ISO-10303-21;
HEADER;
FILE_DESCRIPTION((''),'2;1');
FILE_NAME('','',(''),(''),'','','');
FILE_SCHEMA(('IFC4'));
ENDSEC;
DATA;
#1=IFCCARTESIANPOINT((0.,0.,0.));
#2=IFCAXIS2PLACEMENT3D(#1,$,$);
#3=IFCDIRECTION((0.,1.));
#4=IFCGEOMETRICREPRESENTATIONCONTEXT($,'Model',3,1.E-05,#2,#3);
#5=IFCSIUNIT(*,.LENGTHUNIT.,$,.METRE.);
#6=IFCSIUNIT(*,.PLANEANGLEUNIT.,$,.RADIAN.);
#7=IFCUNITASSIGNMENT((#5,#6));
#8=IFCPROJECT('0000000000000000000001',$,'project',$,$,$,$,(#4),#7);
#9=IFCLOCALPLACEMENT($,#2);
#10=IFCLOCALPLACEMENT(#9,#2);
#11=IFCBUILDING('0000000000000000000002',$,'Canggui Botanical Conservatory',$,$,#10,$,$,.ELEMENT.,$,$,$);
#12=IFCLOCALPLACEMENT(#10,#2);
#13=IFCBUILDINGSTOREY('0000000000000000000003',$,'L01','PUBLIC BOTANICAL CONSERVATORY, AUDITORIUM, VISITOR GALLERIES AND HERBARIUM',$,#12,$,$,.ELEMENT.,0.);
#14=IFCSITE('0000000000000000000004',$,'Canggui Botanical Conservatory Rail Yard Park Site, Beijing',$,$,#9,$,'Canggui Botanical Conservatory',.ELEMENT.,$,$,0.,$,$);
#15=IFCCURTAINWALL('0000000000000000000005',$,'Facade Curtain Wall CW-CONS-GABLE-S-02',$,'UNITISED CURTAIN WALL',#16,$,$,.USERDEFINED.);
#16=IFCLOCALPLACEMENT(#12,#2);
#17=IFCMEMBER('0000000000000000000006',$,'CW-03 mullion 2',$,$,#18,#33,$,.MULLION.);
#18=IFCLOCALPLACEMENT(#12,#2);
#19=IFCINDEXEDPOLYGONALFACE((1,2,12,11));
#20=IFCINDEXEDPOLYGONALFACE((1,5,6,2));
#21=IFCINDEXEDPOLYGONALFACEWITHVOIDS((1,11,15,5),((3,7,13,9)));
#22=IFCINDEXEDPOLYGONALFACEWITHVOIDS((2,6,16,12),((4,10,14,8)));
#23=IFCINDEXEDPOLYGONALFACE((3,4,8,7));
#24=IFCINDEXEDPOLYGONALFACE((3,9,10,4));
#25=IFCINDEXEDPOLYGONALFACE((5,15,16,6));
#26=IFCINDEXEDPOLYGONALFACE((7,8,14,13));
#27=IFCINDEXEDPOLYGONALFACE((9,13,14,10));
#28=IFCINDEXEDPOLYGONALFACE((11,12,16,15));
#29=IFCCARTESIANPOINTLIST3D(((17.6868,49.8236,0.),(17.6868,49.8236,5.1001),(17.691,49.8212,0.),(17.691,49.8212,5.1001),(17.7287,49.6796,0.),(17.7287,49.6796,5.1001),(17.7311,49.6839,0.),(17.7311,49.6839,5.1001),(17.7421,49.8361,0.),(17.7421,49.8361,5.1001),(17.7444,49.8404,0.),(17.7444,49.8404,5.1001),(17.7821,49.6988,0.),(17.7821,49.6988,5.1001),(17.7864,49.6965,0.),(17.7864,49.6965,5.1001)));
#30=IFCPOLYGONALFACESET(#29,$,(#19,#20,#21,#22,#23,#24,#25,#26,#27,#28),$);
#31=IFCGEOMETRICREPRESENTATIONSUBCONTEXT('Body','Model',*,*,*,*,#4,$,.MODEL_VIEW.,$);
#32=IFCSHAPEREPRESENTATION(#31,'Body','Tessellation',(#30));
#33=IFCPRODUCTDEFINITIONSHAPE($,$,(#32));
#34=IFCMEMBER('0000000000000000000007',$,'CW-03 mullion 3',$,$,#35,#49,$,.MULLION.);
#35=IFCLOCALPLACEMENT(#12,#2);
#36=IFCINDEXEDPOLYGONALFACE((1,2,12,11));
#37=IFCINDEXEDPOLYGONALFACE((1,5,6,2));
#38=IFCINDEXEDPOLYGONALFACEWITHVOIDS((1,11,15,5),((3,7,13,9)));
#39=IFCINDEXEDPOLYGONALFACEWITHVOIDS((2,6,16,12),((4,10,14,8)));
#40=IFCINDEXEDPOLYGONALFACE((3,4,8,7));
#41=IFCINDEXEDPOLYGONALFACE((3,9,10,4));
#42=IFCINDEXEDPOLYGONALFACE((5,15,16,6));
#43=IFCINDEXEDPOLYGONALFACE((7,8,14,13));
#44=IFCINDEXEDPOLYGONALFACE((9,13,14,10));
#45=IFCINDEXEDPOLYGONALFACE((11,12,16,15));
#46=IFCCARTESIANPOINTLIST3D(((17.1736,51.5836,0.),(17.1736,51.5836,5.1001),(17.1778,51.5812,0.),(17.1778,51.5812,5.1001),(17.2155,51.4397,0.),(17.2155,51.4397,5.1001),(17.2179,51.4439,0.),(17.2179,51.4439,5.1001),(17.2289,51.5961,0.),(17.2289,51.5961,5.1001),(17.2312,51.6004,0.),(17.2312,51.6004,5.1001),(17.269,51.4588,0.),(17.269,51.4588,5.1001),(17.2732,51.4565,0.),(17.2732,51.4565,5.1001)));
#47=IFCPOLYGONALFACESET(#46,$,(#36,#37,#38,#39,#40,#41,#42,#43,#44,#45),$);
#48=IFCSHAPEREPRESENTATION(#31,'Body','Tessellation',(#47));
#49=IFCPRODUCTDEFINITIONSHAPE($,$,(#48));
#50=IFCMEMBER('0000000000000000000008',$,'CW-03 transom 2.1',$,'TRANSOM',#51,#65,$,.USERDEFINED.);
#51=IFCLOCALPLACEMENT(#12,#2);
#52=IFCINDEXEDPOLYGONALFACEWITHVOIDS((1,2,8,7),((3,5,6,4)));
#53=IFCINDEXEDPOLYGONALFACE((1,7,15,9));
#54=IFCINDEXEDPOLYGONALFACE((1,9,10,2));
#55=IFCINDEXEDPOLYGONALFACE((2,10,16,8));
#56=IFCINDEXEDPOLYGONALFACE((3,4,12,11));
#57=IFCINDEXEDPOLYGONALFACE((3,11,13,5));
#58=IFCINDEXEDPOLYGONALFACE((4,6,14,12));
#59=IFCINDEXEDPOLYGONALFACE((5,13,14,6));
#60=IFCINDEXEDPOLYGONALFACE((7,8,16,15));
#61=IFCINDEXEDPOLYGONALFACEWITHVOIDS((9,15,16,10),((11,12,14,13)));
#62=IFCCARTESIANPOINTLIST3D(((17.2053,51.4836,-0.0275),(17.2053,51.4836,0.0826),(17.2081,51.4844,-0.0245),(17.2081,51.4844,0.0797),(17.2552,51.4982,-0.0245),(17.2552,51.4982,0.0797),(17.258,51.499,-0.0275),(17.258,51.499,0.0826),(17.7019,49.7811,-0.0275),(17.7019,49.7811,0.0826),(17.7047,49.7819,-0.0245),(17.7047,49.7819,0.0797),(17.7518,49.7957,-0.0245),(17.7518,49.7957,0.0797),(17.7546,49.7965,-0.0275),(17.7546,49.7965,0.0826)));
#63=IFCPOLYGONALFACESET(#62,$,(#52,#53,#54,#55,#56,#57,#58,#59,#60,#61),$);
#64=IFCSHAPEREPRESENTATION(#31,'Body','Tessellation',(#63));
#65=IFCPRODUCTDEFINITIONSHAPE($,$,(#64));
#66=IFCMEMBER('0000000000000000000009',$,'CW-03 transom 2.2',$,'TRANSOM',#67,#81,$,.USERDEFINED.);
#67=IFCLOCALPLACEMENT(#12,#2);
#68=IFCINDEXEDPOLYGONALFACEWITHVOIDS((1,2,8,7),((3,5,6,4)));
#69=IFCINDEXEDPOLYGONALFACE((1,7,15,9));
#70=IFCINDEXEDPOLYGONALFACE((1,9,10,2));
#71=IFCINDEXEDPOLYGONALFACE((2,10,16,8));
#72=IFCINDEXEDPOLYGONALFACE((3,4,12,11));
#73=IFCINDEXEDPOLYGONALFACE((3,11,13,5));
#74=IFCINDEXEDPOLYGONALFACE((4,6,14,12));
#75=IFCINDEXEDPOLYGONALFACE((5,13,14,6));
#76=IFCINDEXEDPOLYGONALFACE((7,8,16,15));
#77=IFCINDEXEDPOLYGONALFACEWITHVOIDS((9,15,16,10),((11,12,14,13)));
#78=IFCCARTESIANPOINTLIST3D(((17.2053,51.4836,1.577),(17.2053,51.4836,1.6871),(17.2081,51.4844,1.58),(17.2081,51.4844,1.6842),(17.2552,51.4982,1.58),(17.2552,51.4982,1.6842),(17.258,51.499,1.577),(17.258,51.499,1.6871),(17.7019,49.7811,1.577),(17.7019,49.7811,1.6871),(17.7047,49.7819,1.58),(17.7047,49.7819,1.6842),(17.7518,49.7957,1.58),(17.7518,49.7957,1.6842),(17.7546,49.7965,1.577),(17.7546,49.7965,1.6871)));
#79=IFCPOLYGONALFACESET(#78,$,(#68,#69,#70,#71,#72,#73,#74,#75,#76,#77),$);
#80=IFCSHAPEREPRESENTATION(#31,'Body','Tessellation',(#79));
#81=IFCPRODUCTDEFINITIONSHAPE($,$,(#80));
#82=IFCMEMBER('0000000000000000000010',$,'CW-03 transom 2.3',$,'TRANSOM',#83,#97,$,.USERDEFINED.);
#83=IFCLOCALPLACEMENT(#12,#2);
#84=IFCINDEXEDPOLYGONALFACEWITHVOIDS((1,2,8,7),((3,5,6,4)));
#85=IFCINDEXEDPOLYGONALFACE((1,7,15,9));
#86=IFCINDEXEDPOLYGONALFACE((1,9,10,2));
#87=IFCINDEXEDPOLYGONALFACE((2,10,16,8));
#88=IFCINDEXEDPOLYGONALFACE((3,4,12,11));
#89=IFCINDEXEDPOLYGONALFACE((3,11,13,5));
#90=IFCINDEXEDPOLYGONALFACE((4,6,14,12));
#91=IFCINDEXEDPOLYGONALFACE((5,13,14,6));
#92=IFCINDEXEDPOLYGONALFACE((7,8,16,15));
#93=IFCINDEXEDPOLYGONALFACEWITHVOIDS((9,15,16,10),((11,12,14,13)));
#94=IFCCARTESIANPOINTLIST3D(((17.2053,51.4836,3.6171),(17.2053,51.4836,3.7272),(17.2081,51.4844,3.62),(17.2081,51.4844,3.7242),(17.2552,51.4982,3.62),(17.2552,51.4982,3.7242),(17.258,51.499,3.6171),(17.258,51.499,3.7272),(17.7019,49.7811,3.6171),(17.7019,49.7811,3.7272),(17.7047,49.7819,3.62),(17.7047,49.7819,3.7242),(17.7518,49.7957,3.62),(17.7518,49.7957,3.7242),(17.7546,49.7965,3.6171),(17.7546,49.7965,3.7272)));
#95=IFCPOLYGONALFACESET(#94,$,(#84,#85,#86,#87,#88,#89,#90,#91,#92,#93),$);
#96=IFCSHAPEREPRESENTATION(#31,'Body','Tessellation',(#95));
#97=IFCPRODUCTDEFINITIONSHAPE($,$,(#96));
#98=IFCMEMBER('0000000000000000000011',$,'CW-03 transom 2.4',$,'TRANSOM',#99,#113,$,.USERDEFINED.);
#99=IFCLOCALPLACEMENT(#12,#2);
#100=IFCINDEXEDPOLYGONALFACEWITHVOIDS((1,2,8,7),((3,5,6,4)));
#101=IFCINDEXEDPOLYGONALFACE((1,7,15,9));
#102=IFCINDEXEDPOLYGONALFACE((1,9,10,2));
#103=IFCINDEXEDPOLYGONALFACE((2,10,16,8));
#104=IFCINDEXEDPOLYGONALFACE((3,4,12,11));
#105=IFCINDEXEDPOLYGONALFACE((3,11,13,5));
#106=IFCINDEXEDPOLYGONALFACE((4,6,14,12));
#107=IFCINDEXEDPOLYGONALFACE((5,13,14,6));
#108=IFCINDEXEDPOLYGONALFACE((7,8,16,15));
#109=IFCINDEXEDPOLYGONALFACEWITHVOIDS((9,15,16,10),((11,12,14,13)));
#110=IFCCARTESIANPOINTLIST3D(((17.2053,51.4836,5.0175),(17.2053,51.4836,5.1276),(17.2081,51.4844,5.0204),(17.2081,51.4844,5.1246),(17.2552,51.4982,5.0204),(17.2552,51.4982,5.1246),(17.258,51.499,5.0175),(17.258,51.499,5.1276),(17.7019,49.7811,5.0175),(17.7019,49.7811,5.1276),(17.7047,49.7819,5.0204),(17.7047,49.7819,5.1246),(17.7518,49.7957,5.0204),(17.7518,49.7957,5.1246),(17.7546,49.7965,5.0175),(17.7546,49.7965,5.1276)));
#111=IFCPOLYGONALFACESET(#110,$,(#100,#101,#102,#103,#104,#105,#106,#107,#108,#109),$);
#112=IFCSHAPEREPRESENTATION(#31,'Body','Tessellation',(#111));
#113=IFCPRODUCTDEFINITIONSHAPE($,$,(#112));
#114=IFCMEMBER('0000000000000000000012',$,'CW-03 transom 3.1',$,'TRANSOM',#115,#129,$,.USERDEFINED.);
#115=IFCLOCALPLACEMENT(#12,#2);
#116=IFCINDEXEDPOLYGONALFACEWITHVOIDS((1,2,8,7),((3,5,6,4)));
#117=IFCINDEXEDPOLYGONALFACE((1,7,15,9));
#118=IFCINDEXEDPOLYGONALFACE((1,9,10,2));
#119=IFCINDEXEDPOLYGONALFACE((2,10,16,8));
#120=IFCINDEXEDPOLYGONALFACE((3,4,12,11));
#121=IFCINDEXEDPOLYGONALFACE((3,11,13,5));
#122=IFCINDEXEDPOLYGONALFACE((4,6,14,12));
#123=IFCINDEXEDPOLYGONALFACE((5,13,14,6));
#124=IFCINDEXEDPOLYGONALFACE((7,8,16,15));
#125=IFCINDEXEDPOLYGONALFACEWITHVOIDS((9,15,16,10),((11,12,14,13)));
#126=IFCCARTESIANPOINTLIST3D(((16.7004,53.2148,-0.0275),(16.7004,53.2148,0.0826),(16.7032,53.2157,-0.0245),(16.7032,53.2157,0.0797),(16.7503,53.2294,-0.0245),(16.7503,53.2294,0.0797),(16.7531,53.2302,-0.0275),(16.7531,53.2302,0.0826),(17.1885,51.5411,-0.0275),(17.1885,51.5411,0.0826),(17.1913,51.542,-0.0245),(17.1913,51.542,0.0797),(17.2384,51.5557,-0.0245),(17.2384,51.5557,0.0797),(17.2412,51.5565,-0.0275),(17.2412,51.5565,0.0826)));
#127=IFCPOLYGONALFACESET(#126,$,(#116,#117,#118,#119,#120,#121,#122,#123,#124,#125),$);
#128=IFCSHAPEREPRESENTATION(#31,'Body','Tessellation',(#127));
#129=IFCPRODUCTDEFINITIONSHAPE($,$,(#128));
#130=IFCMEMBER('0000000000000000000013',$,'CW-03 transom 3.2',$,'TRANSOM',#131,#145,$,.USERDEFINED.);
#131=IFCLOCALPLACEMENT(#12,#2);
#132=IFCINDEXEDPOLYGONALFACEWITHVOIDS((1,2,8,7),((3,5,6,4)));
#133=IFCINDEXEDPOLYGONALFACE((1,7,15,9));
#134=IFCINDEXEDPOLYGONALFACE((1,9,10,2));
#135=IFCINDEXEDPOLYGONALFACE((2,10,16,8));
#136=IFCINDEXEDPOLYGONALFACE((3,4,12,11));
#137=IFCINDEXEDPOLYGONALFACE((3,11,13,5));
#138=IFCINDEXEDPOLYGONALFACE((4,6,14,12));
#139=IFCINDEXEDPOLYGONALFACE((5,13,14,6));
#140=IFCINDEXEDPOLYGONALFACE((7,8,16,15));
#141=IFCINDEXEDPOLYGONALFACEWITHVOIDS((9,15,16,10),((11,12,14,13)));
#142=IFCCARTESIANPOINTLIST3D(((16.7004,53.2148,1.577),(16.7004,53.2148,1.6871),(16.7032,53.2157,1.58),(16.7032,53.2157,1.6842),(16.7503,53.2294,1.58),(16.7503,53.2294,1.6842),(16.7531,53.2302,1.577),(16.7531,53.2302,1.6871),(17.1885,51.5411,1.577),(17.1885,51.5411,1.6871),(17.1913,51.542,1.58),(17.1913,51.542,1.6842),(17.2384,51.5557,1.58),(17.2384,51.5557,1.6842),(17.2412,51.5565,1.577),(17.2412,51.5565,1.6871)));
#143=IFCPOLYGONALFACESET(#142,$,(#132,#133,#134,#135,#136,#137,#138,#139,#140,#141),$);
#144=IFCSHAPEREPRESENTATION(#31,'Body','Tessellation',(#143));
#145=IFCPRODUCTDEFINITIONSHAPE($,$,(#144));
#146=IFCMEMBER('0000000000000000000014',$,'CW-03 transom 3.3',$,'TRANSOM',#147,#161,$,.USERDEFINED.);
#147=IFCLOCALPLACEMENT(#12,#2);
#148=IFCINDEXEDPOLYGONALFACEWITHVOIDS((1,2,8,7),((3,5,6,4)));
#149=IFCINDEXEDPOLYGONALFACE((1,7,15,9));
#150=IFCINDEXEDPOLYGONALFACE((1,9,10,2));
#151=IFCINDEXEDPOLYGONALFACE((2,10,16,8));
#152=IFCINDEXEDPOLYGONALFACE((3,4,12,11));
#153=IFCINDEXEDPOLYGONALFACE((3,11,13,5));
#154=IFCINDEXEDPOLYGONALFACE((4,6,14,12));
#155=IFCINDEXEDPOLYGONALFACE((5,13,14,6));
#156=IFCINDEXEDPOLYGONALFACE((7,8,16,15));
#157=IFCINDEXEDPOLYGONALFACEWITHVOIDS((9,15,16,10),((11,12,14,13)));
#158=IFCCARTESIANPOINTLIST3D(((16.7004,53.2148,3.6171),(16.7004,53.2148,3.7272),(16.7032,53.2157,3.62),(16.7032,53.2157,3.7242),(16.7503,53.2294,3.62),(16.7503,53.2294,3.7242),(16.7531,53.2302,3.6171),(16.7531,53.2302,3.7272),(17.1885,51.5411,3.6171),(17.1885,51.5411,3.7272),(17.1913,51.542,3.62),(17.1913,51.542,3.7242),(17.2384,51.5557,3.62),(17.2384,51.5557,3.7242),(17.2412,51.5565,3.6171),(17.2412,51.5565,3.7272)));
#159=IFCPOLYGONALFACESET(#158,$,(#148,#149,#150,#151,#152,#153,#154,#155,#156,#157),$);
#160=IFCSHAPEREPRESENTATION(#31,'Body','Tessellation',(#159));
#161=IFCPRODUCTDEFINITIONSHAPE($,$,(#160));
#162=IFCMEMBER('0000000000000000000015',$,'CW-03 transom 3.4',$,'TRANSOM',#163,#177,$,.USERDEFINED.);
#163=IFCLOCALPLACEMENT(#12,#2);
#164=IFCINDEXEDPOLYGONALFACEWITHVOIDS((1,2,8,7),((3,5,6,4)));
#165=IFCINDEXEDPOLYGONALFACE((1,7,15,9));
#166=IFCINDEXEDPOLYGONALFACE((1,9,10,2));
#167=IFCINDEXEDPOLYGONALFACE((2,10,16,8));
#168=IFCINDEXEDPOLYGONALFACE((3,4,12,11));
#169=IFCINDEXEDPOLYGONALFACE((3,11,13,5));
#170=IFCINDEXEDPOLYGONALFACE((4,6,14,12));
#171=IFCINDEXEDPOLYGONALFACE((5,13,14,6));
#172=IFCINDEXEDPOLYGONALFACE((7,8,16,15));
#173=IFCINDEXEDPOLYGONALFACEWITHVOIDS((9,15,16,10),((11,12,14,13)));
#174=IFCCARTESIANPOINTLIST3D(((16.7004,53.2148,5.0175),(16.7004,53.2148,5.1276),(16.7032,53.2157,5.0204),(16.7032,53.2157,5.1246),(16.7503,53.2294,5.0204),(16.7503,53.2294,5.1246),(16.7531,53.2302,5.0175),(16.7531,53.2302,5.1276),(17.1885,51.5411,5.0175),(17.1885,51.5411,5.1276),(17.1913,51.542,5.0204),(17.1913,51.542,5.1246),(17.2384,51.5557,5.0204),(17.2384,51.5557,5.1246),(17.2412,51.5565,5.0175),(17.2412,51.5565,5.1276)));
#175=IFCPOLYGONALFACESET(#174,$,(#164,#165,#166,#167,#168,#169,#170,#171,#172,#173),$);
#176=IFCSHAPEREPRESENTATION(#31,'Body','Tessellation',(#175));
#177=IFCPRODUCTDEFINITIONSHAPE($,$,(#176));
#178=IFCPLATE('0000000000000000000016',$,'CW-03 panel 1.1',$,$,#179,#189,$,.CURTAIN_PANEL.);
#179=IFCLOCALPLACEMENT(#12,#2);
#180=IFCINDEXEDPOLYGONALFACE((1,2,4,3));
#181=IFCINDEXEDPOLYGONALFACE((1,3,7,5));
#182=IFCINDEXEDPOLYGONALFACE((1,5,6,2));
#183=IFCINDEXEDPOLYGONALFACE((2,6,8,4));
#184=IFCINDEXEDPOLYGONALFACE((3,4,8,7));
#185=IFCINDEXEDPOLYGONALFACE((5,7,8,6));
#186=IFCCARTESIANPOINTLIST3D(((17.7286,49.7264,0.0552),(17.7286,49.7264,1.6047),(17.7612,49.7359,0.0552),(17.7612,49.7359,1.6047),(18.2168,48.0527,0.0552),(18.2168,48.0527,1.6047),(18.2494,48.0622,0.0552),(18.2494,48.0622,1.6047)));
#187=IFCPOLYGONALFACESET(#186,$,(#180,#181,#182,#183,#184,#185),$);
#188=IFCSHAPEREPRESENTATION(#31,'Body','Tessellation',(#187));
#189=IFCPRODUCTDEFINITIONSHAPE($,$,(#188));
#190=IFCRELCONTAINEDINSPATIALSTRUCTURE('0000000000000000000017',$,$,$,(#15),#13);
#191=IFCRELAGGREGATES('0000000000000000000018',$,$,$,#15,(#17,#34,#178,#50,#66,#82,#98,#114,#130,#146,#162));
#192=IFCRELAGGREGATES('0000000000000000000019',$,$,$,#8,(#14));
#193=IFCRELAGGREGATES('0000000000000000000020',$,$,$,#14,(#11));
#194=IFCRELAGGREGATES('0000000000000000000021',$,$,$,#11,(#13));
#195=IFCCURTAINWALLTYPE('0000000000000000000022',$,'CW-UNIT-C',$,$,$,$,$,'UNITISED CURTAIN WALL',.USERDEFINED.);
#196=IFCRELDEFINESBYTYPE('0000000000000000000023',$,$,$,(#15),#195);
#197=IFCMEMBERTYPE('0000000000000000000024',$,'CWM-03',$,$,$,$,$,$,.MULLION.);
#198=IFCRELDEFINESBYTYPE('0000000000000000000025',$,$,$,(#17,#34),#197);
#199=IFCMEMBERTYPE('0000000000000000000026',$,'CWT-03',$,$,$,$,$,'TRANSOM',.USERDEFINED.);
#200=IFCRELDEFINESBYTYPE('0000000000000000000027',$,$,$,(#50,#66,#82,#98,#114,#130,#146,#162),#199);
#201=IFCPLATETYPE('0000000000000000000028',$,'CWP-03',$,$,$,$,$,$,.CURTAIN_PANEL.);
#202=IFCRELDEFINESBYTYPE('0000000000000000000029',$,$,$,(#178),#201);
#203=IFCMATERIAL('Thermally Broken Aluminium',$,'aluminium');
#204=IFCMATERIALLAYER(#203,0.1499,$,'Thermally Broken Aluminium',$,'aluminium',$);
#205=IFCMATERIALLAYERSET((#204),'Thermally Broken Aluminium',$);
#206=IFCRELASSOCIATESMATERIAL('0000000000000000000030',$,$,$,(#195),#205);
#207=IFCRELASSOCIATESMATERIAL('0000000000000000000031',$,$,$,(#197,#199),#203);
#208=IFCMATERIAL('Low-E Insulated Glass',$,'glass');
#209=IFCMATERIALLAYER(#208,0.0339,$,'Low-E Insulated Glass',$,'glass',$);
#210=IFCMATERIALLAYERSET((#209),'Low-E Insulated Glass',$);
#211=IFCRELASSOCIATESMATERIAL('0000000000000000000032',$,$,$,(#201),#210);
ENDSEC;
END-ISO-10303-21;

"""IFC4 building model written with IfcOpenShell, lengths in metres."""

from ifc_helpers import new_model, si_unit, direction, frame, origin, origin_2d, place, context, subcontext, project, spatial, rectangle, hollow_rectangle, extrude, material, layer, layer_set, material_profile, profile_set, type_object, element, aggregate, save


model = new_model("IFC4")

# Units and contexts
model_context = context("Model", 3, precision=1e-05, world=origin(), true_north=direction((0.0, 1.0)))
body_context = subcontext(model_context, "Body", "Model", "MODEL_VIEW")
ifc_project = project(units=[si_unit("LENGTHUNIT", "METRE"), si_unit("PLANEANGLEUNIT", "RADIAN")], contexts=[model_context])

# Site, building, storey
site_placement = place(None, origin())
site = spatial("IfcSite", under=ifc_project, at=site_placement, Name="Canggui Botanical Conservatory Rail Yard Park Site, Beijing", LongName="Canggui Botanical Conservatory", CompositionType="ELEMENT", RefElevation=0.0)
building_placement = place(site_placement, origin())
building = spatial("IfcBuilding", under=site, at=building_placement, Name="Canggui Botanical Conservatory", CompositionType="ELEMENT")
storey_placement = place(building_placement, origin())
storey = spatial("IfcBuildingStorey", under=building, at=storey_placement, Name="L01", Description="PUBLIC BOTANICAL CONSERVATORY, AUDITORIUM, VISITOR GALLERIES AND HERBARIUM", CompositionType="ELEMENT", Elevation=0.0)

# Curtain wall, members, plate
ifc_material_1 = material(Name="Thermally Broken Aluminium", Category="aluminium")
ifc_layer_1 = layer(ifc_material_1, 0.1499, Name="Thermally Broken Aluminium", Category="aluminium")
ifc_layer_set_1 = layer_set([ifc_layer_1], Name="Thermally Broken Aluminium")
curtain_wall_type = type_object("IfcCurtainWallType", Name="CW-UNIT-C", ElementType="UNITISED CURTAIN WALL", PredefinedType="USERDEFINED", material=ifc_layer_set_1)
curtain_wall_placement = place(storey_placement, origin())
curtain_wall = element("IfcCurtainWall", 1, at=curtain_wall_placement, inside=storey, type_object=curtain_wall_type, Name="Facade Curtain Wall CW-CONS-GABLE-S-02", ObjectType="UNITISED CURTAIN WALL", PredefinedType="USERDEFINED")
ifc_material_profile_1 = material_profile(ifc_material_1, hollow_rectangle(XDim=0.0601, YDim=0.1499, WallThickness=0.0034, at=origin_2d()), Name="CWM 60x150x3.5")
ifc_profile_set_1 = profile_set([ifc_material_profile_1], Name="Thermally Broken Aluminium")
member_type_1 = type_object("IfcMemberType", Name="CWM-03", PredefinedType="MULLION", material=ifc_profile_set_1)
member_1_placement = place(storey_placement, frame((17.7366, 49.76, 0.0), z_axis=(0.0, 0.0, 1.0), x_axis=(-0.96, -0.28, 0.0)))
member_1 = element("IfcMember", 2, at=member_1_placement, type_object=member_type_1, Name="CW-03 mullion 2", PredefinedType="MULLION", context=body_context, shape_type="SweptSolid", body=[
    extrude(hollow_rectangle(XDim=0.0601, YDim=0.1499, WallThickness=0.0034, at=origin_2d()), origin(), (0.0, 0.0, 1.0), 5.1001),
])
member_2_placement = place(storey_placement, frame((17.2234, 51.52, 0.0), z_axis=(0.0, 0.0, 1.0), x_axis=(-0.96, -0.28, 0.0)))
member_2 = element("IfcMember", 3, at=member_2_placement, type_object=member_type_1, Name="CW-03 mullion 3", PredefinedType="MULLION", context=body_context, shape_type="SweptSolid", body=[
    extrude(hollow_rectangle(XDim=0.0601, YDim=0.1499, WallThickness=0.0034, at=origin_2d()), origin(), (0.0, 0.0, 1.0), 5.1001),
])
ifc_material_profile_2 = material_profile(ifc_material_1, hollow_rectangle(XDim=0.0549, YDim=0.1101, WallThickness=0.0029, at=origin_2d()), Name="CWT 55x110x3")
ifc_profile_set_2 = profile_set([ifc_material_profile_2], Name="Thermally Broken Aluminium")
member_type_2 = type_object("IfcMemberType", Name="CWT-03", ElementType="TRANSOM", PredefinedType="USERDEFINED", material=ifc_profile_set_2)
member_3_placement = place(storey_placement, frame((17.7283, 49.7888, 0.0276), z_axis=(-0.280026, 0.959992, 0.0), x_axis=(-0.959992, -0.280026, 0.0)))
member_3 = element("IfcMember", 4, at=member_3_placement, type_object=member_type_2, Name="CW-03 transom 2.1", ObjectType="TRANSOM", PredefinedType="USERDEFINED", context=body_context, shape_type="SweptSolid", body=[
    extrude(hollow_rectangle(XDim=0.0549, YDim=0.1101, WallThickness=0.0029, at=origin_2d()), origin(), (0.0, 0.0, 1.0), 1.7734),
])
member_4_placement = place(storey_placement, frame((17.7283, 49.7888, 1.6321), z_axis=(-0.280026, 0.959992, 0.0), x_axis=(-0.959992, -0.280026, 0.0)))
member_4 = element("IfcMember", 5, at=member_4_placement, type_object=member_type_2, Name="CW-03 transom 2.2", ObjectType="TRANSOM", PredefinedType="USERDEFINED", context=body_context, shape_type="SweptSolid", body=[
    extrude(hollow_rectangle(XDim=0.0549, YDim=0.1101, WallThickness=0.0029, at=origin_2d()), origin(), (0.0, 0.0, 1.0), 1.7734),
])
member_5_placement = place(storey_placement, frame((17.7283, 49.7888, 3.6721), z_axis=(-0.280026, 0.959992, 0.0), x_axis=(-0.959992, -0.280026, 0.0)))
member_5 = element("IfcMember", 6, at=member_5_placement, type_object=member_type_2, Name="CW-03 transom 2.3", ObjectType="TRANSOM", PredefinedType="USERDEFINED", context=body_context, shape_type="SweptSolid", body=[
    extrude(hollow_rectangle(XDim=0.0549, YDim=0.1101, WallThickness=0.0029, at=origin_2d()), origin(), (0.0, 0.0, 1.0), 1.7734),
])
member_6_placement = place(storey_placement, frame((17.7283, 49.7888, 5.0725), z_axis=(-0.280026, 0.959992, 0.0), x_axis=(-0.959992, -0.280026, 0.0)))
member_6 = element("IfcMember", 7, at=member_6_placement, type_object=member_type_2, Name="CW-03 transom 2.4", ObjectType="TRANSOM", PredefinedType="USERDEFINED", context=body_context, shape_type="SweptSolid", body=[
    extrude(hollow_rectangle(XDim=0.0549, YDim=0.1101, WallThickness=0.0029, at=origin_2d()), origin(), (0.0, 0.0, 1.0), 1.7734),
])
member_7_placement = place(storey_placement, frame((17.2148, 51.5488, 0.0276), z_axis=(-0.279952, 0.960014, 0.0), x_axis=(-0.960014, -0.279952, 0.0)))
member_7 = element("IfcMember", 8, at=member_7_placement, type_object=member_type_2, Name="CW-03 transom 3.1", ObjectType="TRANSOM", PredefinedType="USERDEFINED", context=body_context, shape_type="SweptSolid", body=[
    extrude(hollow_rectangle(XDim=0.0549, YDim=0.1101, WallThickness=0.0029, at=origin_2d()), origin(), (0.0, 0.0, 1.0), 1.7434),
])
member_8_placement = place(storey_placement, frame((17.2148, 51.5488, 1.6321), z_axis=(-0.279952, 0.960014, 0.0), x_axis=(-0.960014, -0.279952, 0.0)))
member_8 = element("IfcMember", 9, at=member_8_placement, type_object=member_type_2, Name="CW-03 transom 3.2", ObjectType="TRANSOM", PredefinedType="USERDEFINED", context=body_context, shape_type="SweptSolid", body=[
    extrude(hollow_rectangle(XDim=0.0549, YDim=0.1101, WallThickness=0.0029, at=origin_2d()), origin(), (0.0, 0.0, 1.0), 1.7434),
])
member_9_placement = place(storey_placement, frame((17.2148, 51.5488, 3.6721), z_axis=(-0.279952, 0.960014, 0.0), x_axis=(-0.960014, -0.279952, 0.0)))
member_9 = element("IfcMember", 10, at=member_9_placement, type_object=member_type_2, Name="CW-03 transom 3.3", ObjectType="TRANSOM", PredefinedType="USERDEFINED", context=body_context, shape_type="SweptSolid", body=[
    extrude(hollow_rectangle(XDim=0.0549, YDim=0.1101, WallThickness=0.0029, at=origin_2d()), origin(), (0.0, 0.0, 1.0), 1.7434),
])
member_10_placement = place(storey_placement, frame((17.2148, 51.5488, 5.0725), z_axis=(-0.279952, 0.960014, 0.0), x_axis=(-0.960014, -0.279952, 0.0)))
member_10 = element("IfcMember", 11, at=member_10_placement, type_object=member_type_2, Name="CW-03 transom 3.4", ObjectType="TRANSOM", PredefinedType="USERDEFINED", context=body_context, shape_type="SweptSolid", body=[
    extrude(hollow_rectangle(XDim=0.0549, YDim=0.1101, WallThickness=0.0029, at=origin_2d()), origin(), (0.0, 0.0, 1.0), 1.7434),
])
ifc_material_2 = material(Name="Low-E Insulated Glass", Category="glass")
ifc_layer_2 = layer(ifc_material_2, 0.0339, Name="Low-E Insulated Glass", Category="glass")
ifc_layer_set_2 = layer_set([ifc_layer_2], Name="Low-E Insulated Glass")
plate_type = type_object("IfcPlateType", Name="CWP-03", PredefinedType="CURTAIN_PANEL", material=ifc_layer_set_2)
plate_1_placement = place(storey_placement, frame((17.989, 48.8943, 0.0552), z_axis=(0.0, 0.0, 1.0), x_axis=(-0.28, 0.96, 0.0)))
plate_1 = element("IfcPlate", 12, at=plate_1_placement, type_object=plate_type, Name="CW-03 panel 1.1", PredefinedType="CURTAIN_PANEL", context=body_context, shape_type="SweptSolid", body=[
    extrude(rectangle(XDim=1.7434, YDim=0.0339, at=origin_2d()), origin(), (0.0, 0.0, 1.0), 1.5496),
])
aggregate(curtain_wall, [member_1, member_2, plate_1, member_3, member_4, member_5, member_6, member_7, member_8, member_9, member_10])

save(model, "model.ifc")
